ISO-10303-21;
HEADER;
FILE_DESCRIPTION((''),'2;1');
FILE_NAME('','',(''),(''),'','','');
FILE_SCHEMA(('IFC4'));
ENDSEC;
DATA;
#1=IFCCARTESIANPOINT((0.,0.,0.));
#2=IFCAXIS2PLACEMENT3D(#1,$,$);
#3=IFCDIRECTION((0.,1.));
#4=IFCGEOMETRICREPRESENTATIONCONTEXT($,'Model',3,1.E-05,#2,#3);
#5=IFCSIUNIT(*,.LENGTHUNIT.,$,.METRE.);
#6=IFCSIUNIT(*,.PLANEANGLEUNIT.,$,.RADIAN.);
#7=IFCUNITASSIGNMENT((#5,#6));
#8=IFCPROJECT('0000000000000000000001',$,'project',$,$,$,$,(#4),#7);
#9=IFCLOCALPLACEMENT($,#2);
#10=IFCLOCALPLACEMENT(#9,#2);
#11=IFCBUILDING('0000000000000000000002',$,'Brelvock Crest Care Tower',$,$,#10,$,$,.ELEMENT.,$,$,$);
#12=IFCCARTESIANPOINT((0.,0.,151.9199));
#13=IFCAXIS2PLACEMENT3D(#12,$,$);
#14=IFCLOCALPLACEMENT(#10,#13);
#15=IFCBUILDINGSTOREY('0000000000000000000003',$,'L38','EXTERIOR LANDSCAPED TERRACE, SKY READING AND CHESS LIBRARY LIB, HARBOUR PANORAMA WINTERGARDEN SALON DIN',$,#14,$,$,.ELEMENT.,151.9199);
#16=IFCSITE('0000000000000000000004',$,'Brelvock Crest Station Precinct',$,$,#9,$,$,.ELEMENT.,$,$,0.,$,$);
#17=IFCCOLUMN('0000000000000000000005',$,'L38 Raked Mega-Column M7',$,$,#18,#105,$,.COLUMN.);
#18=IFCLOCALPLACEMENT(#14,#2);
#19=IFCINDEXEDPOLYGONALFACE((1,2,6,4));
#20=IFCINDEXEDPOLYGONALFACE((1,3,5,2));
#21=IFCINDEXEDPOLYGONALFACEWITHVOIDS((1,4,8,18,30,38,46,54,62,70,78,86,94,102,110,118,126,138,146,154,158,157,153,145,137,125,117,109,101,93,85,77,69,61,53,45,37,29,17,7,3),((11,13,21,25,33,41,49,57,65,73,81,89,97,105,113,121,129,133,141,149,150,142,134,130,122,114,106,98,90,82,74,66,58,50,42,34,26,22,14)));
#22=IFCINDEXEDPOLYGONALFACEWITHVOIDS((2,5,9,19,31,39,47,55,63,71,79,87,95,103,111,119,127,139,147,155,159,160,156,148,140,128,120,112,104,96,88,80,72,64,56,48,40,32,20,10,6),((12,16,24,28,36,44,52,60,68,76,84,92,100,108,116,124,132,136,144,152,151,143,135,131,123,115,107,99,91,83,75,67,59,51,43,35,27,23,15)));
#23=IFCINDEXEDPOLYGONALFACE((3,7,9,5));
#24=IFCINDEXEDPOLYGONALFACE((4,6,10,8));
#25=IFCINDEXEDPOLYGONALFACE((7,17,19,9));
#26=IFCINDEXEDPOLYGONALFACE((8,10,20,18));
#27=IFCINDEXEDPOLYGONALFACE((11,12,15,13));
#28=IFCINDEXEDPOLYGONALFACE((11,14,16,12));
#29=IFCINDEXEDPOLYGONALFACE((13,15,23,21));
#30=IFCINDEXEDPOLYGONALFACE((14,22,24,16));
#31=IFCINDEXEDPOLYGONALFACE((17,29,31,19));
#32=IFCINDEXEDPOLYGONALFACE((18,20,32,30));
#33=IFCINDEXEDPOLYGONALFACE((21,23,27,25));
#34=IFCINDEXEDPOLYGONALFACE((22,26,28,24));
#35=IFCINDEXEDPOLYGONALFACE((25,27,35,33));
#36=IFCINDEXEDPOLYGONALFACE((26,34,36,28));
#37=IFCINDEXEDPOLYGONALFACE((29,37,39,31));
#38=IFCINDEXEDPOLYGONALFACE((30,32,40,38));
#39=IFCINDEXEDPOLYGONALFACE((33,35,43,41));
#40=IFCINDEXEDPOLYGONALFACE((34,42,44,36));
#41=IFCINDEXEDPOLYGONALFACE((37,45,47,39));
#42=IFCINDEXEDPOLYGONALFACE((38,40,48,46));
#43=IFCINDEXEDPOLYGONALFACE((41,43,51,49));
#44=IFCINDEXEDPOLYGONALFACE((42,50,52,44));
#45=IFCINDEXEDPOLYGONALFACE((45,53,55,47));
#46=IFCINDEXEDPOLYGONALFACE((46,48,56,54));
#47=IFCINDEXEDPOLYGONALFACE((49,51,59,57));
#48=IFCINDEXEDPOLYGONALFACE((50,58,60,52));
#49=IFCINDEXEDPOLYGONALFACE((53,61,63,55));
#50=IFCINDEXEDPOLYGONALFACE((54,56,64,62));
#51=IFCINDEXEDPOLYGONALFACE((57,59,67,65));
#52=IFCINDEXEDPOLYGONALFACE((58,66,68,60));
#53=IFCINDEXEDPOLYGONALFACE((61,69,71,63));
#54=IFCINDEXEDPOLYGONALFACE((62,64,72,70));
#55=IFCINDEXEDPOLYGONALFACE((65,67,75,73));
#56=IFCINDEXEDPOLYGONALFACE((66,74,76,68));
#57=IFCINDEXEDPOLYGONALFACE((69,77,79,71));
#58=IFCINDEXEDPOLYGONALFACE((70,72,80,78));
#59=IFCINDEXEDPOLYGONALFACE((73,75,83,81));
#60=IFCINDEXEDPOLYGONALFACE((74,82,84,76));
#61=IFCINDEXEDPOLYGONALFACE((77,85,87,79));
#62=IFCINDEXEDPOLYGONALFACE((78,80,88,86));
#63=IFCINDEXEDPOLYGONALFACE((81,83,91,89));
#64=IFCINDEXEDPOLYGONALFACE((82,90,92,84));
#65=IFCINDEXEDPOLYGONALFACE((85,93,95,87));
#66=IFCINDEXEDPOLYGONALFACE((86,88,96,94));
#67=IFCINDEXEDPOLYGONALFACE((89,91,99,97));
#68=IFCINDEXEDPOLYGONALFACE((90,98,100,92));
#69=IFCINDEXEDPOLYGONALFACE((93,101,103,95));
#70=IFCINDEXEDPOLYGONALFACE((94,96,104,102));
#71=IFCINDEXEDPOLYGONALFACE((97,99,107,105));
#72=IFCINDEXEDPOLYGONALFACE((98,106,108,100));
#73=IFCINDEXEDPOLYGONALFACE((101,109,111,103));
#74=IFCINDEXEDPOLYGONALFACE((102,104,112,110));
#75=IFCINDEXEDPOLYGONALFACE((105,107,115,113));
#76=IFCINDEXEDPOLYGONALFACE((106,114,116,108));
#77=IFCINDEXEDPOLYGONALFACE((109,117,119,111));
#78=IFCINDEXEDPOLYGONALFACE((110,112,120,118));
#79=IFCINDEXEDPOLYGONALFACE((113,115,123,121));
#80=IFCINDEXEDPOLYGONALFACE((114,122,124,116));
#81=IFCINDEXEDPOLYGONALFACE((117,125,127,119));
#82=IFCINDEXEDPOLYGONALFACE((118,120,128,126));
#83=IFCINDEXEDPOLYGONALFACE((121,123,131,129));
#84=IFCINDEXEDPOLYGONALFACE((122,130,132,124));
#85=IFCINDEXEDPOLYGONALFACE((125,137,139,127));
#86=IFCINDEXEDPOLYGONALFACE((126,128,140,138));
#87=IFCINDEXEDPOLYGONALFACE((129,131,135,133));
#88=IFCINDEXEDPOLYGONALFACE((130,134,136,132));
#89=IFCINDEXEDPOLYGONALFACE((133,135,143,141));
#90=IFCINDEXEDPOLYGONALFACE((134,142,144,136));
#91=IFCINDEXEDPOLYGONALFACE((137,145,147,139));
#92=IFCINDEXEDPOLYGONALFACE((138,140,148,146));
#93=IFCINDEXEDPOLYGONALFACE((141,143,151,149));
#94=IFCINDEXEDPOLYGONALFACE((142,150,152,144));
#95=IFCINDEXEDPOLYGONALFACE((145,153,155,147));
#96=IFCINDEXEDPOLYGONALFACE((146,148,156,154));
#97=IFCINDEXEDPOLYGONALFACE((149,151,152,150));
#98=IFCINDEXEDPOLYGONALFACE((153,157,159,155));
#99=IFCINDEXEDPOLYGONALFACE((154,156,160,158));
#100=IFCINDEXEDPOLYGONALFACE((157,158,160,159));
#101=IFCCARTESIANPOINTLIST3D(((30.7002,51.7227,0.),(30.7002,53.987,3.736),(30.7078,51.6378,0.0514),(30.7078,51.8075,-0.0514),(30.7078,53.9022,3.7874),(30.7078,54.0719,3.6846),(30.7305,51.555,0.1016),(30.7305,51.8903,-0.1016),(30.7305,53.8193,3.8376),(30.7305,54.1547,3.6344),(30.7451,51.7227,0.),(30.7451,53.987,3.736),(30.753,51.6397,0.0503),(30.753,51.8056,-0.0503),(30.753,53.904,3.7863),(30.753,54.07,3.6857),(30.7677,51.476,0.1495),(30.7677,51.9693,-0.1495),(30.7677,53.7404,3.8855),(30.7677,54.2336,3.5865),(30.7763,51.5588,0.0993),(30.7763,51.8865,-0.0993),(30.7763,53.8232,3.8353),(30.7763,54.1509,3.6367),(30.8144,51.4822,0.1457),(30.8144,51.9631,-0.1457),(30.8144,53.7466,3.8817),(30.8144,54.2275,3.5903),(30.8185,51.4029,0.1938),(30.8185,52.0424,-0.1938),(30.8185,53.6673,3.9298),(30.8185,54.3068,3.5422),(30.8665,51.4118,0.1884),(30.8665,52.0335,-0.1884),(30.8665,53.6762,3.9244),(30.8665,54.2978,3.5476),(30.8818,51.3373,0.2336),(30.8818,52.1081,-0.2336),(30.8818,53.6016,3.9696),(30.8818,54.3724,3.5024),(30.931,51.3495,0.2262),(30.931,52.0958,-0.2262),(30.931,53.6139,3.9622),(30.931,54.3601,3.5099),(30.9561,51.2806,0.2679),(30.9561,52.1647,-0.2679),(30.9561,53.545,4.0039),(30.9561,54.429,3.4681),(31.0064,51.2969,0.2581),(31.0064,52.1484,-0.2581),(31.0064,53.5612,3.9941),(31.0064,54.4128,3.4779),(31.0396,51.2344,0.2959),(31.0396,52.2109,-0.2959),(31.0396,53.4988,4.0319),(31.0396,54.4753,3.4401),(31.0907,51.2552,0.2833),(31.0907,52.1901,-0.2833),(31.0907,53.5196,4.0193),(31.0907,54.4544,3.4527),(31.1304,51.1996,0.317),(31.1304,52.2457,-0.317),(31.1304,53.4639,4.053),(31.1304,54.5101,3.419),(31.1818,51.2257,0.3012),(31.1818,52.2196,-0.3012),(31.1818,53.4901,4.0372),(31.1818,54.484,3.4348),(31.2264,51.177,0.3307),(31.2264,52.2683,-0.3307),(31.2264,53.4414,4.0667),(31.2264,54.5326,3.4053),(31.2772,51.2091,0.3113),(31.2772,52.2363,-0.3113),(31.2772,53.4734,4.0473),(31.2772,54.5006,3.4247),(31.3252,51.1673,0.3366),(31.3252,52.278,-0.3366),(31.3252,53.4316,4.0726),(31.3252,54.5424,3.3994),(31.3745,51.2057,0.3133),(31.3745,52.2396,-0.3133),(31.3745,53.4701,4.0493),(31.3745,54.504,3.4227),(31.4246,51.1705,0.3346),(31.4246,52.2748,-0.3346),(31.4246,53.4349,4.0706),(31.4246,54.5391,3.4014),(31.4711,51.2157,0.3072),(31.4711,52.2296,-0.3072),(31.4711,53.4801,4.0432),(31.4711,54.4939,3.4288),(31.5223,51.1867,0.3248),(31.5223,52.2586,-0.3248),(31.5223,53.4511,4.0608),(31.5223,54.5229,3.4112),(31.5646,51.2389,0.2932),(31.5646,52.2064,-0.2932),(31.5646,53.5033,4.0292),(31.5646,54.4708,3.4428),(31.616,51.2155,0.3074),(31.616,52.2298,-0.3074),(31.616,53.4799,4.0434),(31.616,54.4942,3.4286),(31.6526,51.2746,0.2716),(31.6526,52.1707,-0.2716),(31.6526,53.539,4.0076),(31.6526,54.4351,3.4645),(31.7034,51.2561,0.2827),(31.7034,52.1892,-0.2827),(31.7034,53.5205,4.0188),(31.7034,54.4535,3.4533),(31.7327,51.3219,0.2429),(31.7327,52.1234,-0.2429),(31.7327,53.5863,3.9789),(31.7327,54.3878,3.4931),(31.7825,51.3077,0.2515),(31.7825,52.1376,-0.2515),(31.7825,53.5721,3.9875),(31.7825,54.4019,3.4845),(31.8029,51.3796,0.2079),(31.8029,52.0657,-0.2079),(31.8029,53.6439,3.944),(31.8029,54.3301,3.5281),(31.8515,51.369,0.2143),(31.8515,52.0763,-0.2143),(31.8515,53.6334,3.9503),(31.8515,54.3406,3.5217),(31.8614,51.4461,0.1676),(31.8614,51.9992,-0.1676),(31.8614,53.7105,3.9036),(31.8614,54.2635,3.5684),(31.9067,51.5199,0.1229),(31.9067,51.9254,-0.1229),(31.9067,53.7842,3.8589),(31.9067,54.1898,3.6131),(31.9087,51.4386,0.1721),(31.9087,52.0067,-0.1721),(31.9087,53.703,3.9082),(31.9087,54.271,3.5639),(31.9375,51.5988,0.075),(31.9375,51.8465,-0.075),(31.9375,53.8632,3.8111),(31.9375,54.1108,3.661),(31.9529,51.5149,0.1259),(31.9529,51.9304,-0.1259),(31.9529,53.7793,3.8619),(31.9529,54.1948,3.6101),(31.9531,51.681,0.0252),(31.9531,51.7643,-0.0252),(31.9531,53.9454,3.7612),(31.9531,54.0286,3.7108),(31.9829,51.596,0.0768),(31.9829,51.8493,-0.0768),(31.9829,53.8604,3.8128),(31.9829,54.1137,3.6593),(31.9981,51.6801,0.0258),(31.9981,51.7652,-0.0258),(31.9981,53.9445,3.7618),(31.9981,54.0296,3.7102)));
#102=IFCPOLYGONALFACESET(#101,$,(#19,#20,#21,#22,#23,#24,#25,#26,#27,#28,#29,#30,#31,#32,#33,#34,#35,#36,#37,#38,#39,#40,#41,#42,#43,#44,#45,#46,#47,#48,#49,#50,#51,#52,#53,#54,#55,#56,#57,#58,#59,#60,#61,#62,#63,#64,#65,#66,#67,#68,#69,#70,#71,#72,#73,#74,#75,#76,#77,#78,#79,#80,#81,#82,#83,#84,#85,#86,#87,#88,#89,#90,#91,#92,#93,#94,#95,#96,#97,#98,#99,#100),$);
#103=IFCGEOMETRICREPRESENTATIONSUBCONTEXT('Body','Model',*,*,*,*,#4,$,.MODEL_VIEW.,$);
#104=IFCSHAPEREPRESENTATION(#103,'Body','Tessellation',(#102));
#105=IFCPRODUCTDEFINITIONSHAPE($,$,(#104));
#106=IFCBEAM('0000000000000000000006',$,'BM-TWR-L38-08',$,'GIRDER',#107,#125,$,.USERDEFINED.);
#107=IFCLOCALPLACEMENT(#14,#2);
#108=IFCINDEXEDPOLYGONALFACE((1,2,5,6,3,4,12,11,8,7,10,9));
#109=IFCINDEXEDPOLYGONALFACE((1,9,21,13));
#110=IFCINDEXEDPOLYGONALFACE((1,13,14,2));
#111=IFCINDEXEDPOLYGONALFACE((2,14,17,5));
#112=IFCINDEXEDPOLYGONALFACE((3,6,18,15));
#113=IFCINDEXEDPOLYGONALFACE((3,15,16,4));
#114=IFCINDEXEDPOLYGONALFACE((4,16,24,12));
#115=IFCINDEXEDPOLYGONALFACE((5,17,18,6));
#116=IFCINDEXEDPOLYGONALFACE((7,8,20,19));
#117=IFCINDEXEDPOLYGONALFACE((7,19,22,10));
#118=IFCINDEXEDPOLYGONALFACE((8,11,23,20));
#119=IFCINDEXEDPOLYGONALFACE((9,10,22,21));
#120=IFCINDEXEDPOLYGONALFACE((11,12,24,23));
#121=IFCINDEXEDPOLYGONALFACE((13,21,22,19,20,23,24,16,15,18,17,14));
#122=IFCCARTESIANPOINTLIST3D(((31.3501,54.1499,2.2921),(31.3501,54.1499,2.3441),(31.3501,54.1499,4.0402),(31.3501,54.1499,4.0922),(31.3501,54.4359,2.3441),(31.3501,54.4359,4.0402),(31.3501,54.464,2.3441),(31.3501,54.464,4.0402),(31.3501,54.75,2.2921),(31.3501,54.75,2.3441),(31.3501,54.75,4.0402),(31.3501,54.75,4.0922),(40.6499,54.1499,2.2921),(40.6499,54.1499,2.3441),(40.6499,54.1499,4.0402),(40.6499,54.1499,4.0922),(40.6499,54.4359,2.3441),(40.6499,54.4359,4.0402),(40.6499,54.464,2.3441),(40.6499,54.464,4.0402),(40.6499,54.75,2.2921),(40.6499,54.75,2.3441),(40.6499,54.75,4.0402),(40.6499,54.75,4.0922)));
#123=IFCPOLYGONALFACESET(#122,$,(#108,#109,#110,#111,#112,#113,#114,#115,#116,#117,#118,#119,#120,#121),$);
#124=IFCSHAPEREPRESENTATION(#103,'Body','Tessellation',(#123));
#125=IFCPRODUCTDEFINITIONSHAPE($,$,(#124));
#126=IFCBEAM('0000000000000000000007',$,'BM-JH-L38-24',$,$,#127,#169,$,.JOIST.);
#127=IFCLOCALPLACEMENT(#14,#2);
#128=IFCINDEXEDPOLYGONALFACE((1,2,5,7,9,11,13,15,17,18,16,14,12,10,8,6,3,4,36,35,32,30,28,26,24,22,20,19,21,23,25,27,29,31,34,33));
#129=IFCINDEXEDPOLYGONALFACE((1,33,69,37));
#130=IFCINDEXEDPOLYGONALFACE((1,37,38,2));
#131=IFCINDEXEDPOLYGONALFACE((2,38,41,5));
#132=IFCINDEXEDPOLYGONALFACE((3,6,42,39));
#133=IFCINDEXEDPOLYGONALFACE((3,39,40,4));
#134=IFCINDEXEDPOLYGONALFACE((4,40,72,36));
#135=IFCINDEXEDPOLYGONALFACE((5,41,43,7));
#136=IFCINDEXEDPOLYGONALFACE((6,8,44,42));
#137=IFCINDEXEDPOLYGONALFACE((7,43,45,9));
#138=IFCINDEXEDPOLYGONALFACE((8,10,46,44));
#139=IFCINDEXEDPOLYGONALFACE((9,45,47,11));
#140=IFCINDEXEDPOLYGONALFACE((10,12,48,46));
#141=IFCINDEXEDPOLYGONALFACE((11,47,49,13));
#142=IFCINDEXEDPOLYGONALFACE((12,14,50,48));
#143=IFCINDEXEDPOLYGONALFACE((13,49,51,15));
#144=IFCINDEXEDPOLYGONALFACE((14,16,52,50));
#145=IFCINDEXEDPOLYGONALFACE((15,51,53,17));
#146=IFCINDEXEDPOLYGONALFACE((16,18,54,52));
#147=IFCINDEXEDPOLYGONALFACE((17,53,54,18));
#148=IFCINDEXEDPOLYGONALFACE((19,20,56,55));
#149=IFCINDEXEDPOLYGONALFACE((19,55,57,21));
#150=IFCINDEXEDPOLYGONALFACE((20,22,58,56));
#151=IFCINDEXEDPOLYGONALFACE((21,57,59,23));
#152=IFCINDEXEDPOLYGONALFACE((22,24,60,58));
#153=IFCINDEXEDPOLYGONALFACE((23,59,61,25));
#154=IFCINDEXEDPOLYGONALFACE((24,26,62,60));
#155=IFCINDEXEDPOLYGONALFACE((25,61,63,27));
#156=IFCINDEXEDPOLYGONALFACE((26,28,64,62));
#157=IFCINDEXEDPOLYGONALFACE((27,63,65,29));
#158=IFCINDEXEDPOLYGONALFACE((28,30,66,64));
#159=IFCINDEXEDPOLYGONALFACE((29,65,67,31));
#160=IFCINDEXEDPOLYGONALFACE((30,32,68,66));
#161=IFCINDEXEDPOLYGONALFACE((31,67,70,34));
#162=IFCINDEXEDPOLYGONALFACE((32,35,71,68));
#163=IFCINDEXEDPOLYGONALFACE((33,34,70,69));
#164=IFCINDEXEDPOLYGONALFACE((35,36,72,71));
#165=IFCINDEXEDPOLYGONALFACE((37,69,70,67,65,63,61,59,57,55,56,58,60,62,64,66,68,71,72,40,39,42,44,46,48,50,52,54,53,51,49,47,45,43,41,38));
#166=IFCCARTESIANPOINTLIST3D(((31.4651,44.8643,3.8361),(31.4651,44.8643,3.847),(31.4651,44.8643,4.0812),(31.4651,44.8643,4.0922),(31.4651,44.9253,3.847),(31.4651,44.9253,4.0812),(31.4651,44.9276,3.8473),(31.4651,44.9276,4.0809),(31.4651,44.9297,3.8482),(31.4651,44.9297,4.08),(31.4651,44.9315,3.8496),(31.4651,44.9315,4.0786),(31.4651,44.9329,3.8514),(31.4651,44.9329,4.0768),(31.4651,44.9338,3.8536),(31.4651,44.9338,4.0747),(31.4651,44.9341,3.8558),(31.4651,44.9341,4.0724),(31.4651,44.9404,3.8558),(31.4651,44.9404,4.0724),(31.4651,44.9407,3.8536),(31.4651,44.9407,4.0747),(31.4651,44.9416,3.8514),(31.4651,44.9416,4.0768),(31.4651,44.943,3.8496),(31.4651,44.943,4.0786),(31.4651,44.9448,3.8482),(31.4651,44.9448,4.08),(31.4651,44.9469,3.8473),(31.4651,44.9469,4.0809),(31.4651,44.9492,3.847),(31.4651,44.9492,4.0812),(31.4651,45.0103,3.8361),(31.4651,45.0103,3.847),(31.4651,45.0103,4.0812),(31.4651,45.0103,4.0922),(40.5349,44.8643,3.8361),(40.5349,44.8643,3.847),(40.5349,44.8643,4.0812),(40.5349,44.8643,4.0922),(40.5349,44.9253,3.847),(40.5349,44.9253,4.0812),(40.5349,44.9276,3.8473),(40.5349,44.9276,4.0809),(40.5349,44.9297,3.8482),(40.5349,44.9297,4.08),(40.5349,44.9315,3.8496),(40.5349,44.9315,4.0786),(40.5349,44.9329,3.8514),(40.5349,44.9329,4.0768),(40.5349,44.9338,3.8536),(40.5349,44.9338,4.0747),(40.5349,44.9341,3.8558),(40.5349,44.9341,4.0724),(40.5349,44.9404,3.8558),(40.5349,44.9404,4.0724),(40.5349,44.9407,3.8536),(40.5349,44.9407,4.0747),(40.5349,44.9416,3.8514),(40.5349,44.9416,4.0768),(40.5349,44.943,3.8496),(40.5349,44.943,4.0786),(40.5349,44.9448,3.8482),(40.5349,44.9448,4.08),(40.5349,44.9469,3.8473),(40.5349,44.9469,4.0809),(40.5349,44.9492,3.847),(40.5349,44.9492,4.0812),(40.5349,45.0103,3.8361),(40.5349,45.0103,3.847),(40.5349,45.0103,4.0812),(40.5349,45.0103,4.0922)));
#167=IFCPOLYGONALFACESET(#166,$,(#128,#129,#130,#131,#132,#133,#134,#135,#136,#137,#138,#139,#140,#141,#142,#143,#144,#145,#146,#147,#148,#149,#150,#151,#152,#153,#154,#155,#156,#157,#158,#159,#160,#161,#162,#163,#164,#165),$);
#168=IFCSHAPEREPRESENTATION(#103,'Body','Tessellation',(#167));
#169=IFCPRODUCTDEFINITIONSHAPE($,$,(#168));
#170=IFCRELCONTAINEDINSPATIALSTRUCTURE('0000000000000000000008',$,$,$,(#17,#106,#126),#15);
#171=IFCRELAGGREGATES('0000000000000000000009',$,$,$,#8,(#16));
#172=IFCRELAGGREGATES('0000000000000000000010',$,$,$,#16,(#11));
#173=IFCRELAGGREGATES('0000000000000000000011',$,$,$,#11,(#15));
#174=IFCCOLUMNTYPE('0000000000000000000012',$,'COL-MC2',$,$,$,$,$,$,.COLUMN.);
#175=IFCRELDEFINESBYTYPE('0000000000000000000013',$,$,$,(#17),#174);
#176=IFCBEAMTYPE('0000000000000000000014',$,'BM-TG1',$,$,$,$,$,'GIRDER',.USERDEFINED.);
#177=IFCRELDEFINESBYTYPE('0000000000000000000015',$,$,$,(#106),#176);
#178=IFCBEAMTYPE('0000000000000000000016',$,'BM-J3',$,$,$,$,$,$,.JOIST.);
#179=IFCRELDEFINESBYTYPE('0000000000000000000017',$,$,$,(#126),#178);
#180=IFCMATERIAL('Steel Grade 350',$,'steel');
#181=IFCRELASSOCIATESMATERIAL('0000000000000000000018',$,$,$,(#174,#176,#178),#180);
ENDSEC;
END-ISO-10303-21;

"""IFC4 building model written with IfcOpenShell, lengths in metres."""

from ifc_helpers import new_model, si_unit, direction, frame, origin, origin_2d, place, context, subcontext, project, spatial, hollow_circle, i_section, extrude, source, transform, mapped, material, material_profile, profile_set, type_object, element, save


model = new_model("IFC4")

# Units and contexts
model_context = context("Model", 3, precision=1e-05, world=origin(), true_north=direction((0.0, 1.0)))
body_context = subcontext(model_context, "Body", "Model", "MODEL_VIEW")
ifc_project = project(units=[si_unit("LENGTHUNIT", "METRE"), si_unit("PLANEANGLEUNIT", "RADIAN")], contexts=[model_context])

# Site, building, storey
site_placement = place(None, origin())
site = spatial("IfcSite", under=ifc_project, at=site_placement, Name="Brelvock Crest Station Precinct", CompositionType="ELEMENT", RefElevation=0.0)
building_placement = place(site_placement, origin())
building = spatial("IfcBuilding", under=site, at=building_placement, Name="Brelvock Crest Care Tower", CompositionType="ELEMENT")
storey_placement = place(building_placement, frame((0.0, 0.0, 151.9199)))
storey = spatial("IfcBuildingStorey", under=building, at=storey_placement, Name="L38", Description="EXTERIOR LANDSCAPED TERRACE, SKY READING AND CHESS LIBRARY LIB, HARBOUR PANORAMA WINTERGARDEN SALON DIN", CompositionType="ELEMENT", Elevation=151.9199)

# Column
ifc_material_1 = material(Name="Steel Grade 350", Category="steel")
ifc_material_profile_1 = material_profile(ifc_material_1, hollow_circle(Radius=0.6499, WallThickness=0.0449, at=origin_2d()), Name="CFT1300x45")
ifc_profile_set_1 = profile_set([ifc_material_profile_1], Name="Steel Grade 350")
column_type = type_object("IfcColumnType", Name="COL-MC2", PredefinedType="COLUMN", material=ifc_profile_set_1)
shared_shape_1 = source(origin(), body_context, "Body", "SweptSolid", [
    extrude(hollow_circle(Radius=0.6499, WallThickness=0.0449, at=origin_2d()), origin(), (0.0, 0.0, 1.0), 4.3687),
])
column_placement = place(storey_placement, frame((31.3501, 51.7227, 0.0), z_axis=(0.0, 0.51832, 0.855187), x_axis=(-1.0, 0.0, 0.0)))
element("IfcColumn", 1, at=column_placement, inside=storey, type_object=column_type, Name="L38 Raked Mega-Column M7", PredefinedType="COLUMN", context=body_context, shape_type="MappedRepresentation", body=[
    mapped(shared_shape_1, transform((0.0, 0.0, 0.0), x_axis=(1.0, 0.0, 0.0), y_axis=(0.0, 1.0, 0.0), z_axis=(0.0, 0.0, 1.0), scale=1.0)),
])

# Beams
ifc_material_profile_2 = material_profile(ifc_material_1, i_section(OverallWidth=0.6001, OverallDepth=1.8, WebThickness=0.0281, FlangeThickness=0.052, at=origin_2d()), Name="1800TG740")
ifc_profile_set_2 = profile_set([ifc_material_profile_2], Name="Steel Grade 350")
beam_type_1 = type_object("IfcBeamType", Name="BM-TG1", ElementType="GIRDER", PredefinedType="USERDEFINED", material=ifc_profile_set_2)
shared_shape_2 = source(origin(), body_context, "Body", "SweptSolid", [
    extrude(i_section(OverallWidth=0.6001, OverallDepth=1.8, WebThickness=0.0281, FlangeThickness=0.052, at=origin_2d()), origin(), (0.0, 0.0, 1.0), 9.2998),
])
beam_placement = place(storey_placement, frame((31.3501, 54.45, 3.1921), z_axis=(1.0, 0.0, 0.0), x_axis=(0.0, 1.0, 0.0)))
element("IfcBeam", 2, at=beam_placement, inside=storey, type_object=beam_type_1, Name="BM-TWR-L38-08", ObjectType="GIRDER", PredefinedType="USERDEFINED", context=body_context, shape_type="MappedRepresentation", body=[
    mapped(shared_shape_2, transform((0.0, 0.0, 0.0), x_axis=(1.0, 0.0, 0.0), y_axis=(0.0, 1.0, 0.0), z_axis=(0.0, 0.0, 1.0), scale=1.0)),
])
ifc_material_profile_3 = material_profile(ifc_material_1, i_section(OverallWidth=0.146, OverallDepth=0.2561, WebThickness=0.0063, FlangeThickness=0.011, FilletRadius=0.0088, at=origin_2d()), Name="250UB37.3")
ifc_profile_set_3 = profile_set([ifc_material_profile_3], Name="Steel Grade 350")
beam_type_2 = type_object("IfcBeamType", Name="BM-J3", PredefinedType="JOIST", material=ifc_profile_set_3)
shared_shape_3 = source(origin(), body_context, "Body", "SweptSolid", [
    extrude(i_section(OverallWidth=0.146, OverallDepth=0.2561, WebThickness=0.0063, FlangeThickness=0.011, FilletRadius=0.0088, at=origin_2d()), origin(), (0.0, 0.0, 1.0), 9.0698),
])
for number, where, z_axis, x_axis, name in (
    (3, (31.4651, 44.9373, 3.9641), (1.0, 0.0, 0.0), (0.0, 1.0, 0.0), "BM-JH-L38-24"),
):
    element("IfcBeam", number, at=place(storey_placement, frame(where, z_axis=z_axis, x_axis=x_axis)), inside=storey, type_object=beam_type_2, Name=name, PredefinedType="JOIST", context=body_context, shape_type="MappedRepresentation", body=[
        mapped(shared_shape_3, transform((0.0, 0.0, 0.0), x_axis=(1.0, 0.0, 0.0), y_axis=(0.0, 1.0, 0.0), z_axis=(0.0, 0.0, 1.0), scale=1.0)),
    ])

save(model, "model.ifc")
